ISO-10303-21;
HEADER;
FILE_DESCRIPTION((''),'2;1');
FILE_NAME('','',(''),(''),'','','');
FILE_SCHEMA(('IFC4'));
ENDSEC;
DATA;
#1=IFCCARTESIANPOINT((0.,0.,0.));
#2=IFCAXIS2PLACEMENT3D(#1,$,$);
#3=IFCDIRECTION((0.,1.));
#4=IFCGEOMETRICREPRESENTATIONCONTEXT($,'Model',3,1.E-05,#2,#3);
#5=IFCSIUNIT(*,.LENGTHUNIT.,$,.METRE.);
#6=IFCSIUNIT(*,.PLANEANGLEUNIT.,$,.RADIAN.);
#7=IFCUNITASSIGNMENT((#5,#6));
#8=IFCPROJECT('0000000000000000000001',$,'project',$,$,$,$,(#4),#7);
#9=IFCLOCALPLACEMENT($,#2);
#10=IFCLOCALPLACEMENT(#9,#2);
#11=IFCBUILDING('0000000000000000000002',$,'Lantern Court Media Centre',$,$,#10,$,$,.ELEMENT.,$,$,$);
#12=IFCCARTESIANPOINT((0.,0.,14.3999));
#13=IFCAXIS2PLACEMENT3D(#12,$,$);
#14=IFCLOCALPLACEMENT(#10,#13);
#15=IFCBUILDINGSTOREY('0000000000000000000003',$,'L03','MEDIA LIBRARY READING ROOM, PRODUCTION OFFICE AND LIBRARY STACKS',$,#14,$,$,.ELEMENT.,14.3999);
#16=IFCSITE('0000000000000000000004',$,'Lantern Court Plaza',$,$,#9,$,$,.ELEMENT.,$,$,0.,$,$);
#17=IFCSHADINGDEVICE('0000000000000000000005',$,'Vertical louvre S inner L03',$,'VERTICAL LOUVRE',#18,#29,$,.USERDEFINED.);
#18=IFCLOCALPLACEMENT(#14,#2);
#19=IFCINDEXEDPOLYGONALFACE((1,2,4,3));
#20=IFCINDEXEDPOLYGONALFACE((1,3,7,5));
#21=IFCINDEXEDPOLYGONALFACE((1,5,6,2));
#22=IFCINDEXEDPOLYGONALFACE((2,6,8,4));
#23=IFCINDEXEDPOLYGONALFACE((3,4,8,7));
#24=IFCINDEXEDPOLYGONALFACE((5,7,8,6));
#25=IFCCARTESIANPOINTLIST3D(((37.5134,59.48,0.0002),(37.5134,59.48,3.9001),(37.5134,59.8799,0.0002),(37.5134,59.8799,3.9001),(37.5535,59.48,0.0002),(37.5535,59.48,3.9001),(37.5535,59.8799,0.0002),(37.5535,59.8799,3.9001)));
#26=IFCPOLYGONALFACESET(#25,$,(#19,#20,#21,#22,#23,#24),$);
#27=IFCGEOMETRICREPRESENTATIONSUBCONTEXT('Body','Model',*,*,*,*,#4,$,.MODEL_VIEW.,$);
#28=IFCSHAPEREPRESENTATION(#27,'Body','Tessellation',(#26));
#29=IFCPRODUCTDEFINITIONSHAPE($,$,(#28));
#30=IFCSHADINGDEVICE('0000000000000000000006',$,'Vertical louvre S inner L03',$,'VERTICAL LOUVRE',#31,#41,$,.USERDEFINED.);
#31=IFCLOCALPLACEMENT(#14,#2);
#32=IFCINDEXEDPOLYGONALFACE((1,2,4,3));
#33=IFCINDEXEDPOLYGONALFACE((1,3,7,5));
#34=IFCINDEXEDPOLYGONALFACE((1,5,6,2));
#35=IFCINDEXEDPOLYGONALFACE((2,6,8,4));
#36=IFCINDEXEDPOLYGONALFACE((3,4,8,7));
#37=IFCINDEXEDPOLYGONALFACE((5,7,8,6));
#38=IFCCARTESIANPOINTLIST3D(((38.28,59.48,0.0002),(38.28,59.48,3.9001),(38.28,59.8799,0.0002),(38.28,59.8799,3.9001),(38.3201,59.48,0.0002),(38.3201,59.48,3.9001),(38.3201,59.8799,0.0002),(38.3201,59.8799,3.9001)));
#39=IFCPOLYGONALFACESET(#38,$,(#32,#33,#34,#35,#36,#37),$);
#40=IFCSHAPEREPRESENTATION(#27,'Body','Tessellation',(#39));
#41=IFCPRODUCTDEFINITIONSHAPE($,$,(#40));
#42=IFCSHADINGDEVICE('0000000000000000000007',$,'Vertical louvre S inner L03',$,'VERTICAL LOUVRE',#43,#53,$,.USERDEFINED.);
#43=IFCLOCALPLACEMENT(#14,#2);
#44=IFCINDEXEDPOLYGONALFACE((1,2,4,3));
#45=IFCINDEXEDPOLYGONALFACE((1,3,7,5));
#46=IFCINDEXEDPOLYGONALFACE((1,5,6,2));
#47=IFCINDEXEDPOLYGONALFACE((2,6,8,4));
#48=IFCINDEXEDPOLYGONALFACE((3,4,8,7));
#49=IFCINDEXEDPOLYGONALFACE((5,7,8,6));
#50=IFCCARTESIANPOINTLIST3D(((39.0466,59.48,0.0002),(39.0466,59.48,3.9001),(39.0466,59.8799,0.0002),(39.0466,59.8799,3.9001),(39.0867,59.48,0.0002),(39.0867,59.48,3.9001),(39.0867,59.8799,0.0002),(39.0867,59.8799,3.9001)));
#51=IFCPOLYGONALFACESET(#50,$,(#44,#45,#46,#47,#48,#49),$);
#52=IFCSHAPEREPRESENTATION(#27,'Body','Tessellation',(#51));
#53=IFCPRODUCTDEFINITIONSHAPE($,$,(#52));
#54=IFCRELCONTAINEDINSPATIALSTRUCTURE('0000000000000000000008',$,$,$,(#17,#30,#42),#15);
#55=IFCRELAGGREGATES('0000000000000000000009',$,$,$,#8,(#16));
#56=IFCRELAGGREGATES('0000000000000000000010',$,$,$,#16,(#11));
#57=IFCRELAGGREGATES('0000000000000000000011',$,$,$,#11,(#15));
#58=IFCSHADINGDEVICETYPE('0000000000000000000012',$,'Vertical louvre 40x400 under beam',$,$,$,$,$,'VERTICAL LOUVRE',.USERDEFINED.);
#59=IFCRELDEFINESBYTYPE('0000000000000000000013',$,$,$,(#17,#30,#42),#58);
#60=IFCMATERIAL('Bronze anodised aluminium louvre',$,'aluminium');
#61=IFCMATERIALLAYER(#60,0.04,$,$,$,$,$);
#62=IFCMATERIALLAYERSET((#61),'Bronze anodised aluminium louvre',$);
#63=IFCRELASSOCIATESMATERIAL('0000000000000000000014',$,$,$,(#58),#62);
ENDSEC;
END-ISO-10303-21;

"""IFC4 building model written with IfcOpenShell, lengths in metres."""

from ifc_helpers import new_model, si_unit, direction, frame, origin, origin_2d, place, context, subcontext, project, spatial, rectangle, extrude, material, layer, layer_set, type_object, element, save


model = new_model("IFC4")

# Units and contexts
model_context = context("Model", 3, precision=1e-05, world=origin(), true_north=direction((0.0, 1.0)))
body_context = subcontext(model_context, "Body", "Model", "MODEL_VIEW")
ifc_project = project(units=[si_unit("LENGTHUNIT", "METRE"), si_unit("PLANEANGLEUNIT", "RADIAN")], contexts=[model_context])

# Site, building, storey
site_placement = place(None, origin())
site = spatial("IfcSite", under=ifc_project, at=site_placement, Name="Lantern Court Plaza", CompositionType="ELEMENT", RefElevation=0.0)
building_placement = place(site_placement, origin())
building = spatial("IfcBuilding", under=site, at=building_placement, Name="Lantern Court Media Centre", CompositionType="ELEMENT")
storey_placement = place(building_placement, frame((0.0, 0.0, 14.3999)))
storey = spatial("IfcBuildingStorey", under=building, at=storey_placement, Name="L03", Description="MEDIA LIBRARY READING ROOM, PRODUCTION OFFICE AND LIBRARY STACKS", CompositionType="ELEMENT", Elevation=14.3999)

# Shading devices
ifc_material_1 = material(Name="Bronze anodised aluminium louvre", Category="aluminium")
ifc_layer_1 = layer(ifc_material_1, 0.04)
ifc_layer_set_1 = layer_set([ifc_layer_1], Name="Bronze anodised aluminium louvre")
shading_device_type = type_object("IfcShadingDeviceType", Name="Vertical louvre 40x400 under beam", ElementType="VERTICAL LOUVRE", PredefinedType="USERDEFINED", material=ifc_layer_set_1)
for number, where, z_axis, x_axis, name in (
    (1, (37.5334, 59.6799, 0.0002), (0.0, 0.0, 1.0), (1.0, 0.0, 0.0), "Vertical louvre S inner L03"),
    (2, (38.3, 59.6799, 0.0002), (0.0, 0.0, 1.0), (1.0, 0.0, 0.0), "Vertical louvre S inner L03"),
    (3, (39.0667, 59.6799, 0.0002), (0.0, 0.0, 1.0), (1.0, 0.0, 0.0), "Vertical louvre S inner L03"),
):
    element("IfcShadingDevice", number, at=place(storey_placement, frame(where, z_axis=z_axis, x_axis=x_axis)), inside=storey, type_object=shading_device_type, Name=name, ObjectType="VERTICAL LOUVRE", PredefinedType="USERDEFINED", context=body_context, shape_type="SweptSolid", body=[
        extrude(rectangle(XDim=0.04, YDim=0.3999, at=origin_2d()), origin(), (0.0, 0.0, 1.0), 3.8999),
    ])

save(model, "model.ifc")
